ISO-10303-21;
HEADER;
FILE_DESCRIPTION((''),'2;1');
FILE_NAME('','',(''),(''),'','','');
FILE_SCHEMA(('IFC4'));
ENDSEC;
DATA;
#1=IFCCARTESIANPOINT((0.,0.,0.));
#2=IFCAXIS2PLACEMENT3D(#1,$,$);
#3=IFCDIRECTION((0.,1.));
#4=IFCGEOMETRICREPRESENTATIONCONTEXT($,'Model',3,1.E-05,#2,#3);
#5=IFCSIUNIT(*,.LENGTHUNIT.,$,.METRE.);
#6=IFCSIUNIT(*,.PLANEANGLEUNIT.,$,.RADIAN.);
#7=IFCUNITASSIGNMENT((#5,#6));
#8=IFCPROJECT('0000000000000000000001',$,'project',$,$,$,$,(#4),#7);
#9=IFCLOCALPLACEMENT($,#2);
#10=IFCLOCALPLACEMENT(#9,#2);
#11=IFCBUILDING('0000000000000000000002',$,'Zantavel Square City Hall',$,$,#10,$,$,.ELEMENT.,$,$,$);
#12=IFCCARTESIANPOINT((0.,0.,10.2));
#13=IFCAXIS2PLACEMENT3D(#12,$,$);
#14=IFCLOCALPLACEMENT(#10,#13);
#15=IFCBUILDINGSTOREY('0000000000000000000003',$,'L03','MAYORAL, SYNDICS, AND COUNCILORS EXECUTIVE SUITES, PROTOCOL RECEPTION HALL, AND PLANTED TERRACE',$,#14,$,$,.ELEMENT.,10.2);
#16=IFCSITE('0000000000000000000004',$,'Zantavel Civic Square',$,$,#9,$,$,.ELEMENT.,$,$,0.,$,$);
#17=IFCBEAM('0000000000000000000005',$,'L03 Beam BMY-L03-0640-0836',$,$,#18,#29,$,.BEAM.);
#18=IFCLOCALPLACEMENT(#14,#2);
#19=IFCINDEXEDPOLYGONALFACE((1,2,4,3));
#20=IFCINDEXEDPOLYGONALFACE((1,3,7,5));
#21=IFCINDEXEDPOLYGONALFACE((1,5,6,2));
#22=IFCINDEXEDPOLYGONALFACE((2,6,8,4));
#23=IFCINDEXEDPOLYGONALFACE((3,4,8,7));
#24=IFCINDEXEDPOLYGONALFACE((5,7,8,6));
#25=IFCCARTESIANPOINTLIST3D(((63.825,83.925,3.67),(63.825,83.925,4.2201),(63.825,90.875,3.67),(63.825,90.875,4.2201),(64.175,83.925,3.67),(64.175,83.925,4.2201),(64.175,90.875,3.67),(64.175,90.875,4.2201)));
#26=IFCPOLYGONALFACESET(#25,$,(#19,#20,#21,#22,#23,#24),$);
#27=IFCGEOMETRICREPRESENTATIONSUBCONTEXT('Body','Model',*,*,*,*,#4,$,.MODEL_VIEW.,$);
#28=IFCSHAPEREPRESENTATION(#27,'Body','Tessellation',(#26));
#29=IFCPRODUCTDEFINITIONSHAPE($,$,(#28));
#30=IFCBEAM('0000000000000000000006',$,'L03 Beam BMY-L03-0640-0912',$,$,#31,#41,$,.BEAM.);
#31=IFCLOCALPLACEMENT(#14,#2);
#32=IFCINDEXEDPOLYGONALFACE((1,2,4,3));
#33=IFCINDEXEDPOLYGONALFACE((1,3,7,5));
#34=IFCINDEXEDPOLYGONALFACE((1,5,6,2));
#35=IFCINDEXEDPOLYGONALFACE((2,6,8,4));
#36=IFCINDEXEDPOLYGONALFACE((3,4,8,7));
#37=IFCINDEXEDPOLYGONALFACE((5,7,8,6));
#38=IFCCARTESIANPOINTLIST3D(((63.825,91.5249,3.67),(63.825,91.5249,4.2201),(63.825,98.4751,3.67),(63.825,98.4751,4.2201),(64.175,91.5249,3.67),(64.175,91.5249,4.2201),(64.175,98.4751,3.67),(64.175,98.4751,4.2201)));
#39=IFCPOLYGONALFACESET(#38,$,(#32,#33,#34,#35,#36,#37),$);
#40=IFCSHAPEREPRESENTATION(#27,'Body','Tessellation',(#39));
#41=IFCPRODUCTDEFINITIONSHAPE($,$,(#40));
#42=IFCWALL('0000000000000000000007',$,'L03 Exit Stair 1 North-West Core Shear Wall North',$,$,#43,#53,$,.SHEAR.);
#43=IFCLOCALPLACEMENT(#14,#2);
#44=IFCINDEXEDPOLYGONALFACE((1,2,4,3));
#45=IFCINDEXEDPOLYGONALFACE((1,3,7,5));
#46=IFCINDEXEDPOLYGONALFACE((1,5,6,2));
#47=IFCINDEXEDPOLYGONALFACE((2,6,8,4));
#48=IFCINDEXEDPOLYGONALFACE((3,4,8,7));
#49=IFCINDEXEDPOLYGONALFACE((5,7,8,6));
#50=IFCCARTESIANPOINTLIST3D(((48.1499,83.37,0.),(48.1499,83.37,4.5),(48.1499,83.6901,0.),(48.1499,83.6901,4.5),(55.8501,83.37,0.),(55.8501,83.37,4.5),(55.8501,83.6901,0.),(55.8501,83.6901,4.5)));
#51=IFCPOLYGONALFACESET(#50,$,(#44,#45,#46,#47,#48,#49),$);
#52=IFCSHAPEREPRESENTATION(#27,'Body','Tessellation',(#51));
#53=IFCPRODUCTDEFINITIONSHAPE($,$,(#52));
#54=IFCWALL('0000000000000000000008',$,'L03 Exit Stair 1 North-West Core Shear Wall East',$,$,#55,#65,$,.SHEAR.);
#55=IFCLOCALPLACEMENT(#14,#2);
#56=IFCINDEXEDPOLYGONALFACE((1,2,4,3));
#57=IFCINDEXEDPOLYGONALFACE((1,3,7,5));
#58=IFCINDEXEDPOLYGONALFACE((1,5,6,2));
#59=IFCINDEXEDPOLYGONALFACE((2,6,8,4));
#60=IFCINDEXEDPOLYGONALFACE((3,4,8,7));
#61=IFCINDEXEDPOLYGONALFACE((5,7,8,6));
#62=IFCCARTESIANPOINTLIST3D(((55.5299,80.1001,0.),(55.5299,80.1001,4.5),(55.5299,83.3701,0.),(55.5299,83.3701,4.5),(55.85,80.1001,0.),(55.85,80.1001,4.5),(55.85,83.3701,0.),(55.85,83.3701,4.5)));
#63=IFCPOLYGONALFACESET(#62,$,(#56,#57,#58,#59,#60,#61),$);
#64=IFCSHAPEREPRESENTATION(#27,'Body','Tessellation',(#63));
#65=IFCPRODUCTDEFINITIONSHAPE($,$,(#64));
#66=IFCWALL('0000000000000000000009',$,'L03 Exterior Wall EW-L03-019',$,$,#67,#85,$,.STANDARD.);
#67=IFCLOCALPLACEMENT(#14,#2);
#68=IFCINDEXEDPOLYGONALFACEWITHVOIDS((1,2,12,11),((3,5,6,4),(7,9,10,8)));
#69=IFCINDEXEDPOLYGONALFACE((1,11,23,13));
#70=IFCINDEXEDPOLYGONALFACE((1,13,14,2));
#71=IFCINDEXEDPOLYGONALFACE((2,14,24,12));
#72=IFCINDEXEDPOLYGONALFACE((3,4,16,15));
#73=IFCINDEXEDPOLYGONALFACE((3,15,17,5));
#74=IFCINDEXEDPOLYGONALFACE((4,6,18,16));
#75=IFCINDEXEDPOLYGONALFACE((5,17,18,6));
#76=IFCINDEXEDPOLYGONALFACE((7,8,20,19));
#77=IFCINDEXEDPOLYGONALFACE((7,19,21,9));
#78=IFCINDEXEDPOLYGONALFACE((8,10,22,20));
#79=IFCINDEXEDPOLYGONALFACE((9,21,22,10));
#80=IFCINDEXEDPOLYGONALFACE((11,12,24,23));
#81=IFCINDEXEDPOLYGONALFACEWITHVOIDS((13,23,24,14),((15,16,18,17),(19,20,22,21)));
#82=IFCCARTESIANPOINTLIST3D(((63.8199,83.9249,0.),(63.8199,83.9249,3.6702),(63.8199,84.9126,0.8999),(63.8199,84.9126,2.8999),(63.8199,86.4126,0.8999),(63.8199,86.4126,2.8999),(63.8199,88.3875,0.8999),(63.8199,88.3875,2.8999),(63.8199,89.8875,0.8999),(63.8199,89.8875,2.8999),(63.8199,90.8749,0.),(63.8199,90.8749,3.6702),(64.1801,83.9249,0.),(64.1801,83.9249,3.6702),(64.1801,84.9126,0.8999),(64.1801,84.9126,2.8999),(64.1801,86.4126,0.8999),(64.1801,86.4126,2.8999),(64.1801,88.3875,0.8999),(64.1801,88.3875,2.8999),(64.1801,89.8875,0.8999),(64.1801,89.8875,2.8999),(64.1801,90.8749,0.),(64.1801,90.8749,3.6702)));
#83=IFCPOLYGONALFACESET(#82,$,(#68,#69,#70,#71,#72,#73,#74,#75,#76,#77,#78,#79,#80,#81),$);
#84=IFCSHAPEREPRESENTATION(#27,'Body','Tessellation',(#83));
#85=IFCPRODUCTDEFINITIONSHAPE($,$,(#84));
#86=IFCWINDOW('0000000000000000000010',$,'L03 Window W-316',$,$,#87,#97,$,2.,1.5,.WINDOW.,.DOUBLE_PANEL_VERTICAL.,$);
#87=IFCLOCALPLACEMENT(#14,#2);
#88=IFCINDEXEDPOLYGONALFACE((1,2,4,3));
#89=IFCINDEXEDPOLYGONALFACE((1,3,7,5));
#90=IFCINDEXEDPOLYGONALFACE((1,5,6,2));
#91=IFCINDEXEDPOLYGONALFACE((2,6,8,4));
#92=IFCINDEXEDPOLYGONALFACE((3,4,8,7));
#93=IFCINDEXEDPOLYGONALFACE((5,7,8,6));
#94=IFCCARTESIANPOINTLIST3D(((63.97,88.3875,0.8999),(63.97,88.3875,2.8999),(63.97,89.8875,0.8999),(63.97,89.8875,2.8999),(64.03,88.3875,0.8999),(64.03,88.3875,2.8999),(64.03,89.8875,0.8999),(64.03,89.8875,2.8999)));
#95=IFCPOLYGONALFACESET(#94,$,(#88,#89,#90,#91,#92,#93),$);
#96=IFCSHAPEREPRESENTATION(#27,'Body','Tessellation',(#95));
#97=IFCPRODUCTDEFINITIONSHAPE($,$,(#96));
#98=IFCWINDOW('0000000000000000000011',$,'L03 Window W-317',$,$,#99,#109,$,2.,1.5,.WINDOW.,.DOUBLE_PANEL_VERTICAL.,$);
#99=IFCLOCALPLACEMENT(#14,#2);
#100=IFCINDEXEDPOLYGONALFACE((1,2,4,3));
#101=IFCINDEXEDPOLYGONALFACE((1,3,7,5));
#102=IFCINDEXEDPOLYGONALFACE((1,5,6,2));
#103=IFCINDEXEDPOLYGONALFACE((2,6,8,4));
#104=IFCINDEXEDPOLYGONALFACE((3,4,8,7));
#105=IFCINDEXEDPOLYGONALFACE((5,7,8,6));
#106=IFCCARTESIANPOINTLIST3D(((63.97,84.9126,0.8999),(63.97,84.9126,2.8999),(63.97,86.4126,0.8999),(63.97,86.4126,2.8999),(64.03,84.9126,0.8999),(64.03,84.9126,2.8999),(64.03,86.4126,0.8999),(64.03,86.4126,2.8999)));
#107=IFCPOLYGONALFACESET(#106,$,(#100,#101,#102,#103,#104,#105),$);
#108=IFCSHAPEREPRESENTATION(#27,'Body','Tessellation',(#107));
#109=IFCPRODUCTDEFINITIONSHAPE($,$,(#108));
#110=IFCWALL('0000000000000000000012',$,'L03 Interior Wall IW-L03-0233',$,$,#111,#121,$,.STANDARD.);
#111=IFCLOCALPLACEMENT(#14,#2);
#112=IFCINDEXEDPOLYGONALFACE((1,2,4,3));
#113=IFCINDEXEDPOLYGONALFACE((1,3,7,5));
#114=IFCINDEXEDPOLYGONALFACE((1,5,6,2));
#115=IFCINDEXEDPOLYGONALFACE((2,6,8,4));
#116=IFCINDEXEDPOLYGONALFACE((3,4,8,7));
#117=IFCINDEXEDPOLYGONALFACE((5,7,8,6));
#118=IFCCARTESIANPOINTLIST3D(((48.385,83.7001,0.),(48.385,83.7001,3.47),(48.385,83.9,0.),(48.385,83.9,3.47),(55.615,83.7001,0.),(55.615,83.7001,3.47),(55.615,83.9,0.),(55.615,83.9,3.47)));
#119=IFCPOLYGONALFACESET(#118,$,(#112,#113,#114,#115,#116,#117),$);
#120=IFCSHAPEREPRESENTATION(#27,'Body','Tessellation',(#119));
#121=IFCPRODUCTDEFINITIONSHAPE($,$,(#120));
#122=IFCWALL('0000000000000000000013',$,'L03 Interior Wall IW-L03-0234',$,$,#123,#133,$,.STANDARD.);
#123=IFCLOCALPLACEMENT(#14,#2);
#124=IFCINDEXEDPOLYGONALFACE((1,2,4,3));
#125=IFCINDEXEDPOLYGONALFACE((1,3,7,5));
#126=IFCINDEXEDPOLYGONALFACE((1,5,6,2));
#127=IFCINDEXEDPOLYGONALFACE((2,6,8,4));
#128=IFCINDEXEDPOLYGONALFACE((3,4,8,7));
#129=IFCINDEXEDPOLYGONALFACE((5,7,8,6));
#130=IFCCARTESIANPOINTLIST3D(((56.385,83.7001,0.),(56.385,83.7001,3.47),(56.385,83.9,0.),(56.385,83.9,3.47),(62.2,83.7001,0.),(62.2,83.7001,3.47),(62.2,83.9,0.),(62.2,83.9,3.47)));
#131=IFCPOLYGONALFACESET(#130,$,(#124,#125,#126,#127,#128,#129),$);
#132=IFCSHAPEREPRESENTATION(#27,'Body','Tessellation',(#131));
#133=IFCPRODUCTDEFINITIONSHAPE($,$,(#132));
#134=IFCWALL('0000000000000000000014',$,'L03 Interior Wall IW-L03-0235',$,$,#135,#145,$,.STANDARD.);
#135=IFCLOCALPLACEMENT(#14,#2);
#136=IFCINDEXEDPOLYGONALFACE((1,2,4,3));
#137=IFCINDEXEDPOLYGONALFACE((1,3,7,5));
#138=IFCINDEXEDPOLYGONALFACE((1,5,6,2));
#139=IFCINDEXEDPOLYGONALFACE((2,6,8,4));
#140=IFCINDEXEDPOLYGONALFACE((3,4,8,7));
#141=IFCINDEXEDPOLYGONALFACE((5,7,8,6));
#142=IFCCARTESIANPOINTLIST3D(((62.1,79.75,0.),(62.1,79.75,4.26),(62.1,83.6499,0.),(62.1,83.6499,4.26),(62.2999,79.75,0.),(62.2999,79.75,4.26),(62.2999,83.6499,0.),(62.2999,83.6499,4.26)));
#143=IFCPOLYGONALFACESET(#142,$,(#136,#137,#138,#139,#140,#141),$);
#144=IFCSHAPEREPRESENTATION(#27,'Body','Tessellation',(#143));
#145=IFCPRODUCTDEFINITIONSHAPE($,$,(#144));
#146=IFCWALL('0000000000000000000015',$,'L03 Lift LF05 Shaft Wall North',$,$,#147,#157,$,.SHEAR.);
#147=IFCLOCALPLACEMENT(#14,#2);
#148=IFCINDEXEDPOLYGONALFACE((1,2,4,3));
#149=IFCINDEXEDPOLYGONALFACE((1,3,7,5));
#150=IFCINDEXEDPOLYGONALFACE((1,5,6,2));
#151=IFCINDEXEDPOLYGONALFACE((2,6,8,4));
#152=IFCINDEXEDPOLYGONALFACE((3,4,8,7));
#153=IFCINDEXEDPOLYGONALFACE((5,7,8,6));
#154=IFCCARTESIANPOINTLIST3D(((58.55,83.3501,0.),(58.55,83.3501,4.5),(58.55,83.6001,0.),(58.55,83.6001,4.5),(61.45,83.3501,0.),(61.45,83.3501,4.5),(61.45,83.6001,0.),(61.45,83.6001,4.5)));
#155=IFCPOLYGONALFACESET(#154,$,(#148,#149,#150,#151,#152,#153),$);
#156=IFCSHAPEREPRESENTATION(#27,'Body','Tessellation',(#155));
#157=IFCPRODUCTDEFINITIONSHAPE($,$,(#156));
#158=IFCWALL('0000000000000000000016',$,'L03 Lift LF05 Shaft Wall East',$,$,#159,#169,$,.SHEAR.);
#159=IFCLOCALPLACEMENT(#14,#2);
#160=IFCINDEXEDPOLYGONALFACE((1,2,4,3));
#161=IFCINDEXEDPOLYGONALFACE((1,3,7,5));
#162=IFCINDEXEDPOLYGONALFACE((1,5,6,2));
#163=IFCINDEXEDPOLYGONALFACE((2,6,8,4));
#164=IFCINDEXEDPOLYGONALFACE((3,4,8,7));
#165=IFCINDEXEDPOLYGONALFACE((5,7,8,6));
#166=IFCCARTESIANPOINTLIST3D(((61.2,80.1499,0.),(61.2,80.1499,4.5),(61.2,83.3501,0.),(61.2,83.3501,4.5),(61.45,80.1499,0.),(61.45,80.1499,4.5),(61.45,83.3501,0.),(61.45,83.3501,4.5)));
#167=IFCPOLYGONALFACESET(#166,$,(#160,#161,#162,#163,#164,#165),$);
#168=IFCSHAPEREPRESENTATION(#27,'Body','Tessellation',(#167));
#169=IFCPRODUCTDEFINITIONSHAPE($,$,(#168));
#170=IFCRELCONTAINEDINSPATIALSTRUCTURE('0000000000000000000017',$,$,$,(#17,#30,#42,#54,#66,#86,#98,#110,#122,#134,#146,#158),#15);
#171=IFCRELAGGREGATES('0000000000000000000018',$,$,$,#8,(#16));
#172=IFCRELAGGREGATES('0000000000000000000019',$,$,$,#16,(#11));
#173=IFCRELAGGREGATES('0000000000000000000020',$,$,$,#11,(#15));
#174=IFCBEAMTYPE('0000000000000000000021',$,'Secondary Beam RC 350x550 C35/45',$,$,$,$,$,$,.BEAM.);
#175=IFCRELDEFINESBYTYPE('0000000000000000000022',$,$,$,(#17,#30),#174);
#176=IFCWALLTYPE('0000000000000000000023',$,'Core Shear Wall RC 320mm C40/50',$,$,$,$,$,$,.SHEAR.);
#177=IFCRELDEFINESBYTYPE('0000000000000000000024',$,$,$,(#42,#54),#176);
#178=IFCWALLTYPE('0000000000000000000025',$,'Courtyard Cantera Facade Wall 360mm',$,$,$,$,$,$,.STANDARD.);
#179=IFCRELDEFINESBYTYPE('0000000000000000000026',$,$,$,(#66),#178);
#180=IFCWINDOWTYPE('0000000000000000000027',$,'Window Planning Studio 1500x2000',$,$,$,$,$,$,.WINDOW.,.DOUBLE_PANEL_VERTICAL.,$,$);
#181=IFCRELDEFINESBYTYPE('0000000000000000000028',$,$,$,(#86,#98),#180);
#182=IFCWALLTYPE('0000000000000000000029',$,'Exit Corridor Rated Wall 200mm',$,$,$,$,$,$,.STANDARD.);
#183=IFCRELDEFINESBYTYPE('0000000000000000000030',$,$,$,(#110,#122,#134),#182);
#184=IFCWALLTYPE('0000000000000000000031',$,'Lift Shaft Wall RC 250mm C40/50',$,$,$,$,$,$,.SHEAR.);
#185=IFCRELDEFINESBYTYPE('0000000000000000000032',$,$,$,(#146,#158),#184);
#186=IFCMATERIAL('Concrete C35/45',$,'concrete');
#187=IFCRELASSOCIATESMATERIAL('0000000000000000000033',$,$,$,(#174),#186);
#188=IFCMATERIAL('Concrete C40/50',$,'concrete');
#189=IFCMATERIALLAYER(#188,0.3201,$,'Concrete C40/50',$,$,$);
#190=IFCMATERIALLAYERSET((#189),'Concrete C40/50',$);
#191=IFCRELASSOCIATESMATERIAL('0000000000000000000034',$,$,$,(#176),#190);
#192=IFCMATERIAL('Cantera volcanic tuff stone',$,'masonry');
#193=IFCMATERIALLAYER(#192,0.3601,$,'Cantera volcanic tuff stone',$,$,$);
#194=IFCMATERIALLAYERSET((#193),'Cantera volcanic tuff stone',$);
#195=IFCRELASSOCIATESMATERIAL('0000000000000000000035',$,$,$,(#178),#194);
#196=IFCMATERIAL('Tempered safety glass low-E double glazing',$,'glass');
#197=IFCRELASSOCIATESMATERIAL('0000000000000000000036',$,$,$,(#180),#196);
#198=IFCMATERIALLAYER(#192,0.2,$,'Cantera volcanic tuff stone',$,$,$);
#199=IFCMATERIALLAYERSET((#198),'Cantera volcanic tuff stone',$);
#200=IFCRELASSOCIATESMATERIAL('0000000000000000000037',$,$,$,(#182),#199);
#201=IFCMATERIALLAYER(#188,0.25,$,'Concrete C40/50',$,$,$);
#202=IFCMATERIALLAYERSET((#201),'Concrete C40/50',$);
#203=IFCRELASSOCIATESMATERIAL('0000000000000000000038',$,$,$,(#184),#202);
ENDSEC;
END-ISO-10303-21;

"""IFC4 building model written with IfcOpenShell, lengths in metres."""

from ifc_helpers import new_model, si_unit, direction, frame, frame_2d, origin, origin_2d, place, context, subcontext, project, spatial, rectangle, extrude, material, layer, layer_set, material_profile, profile_set, type_object, element, fill, save


model = new_model("IFC4")

# Units and contexts
model_context = context("Model", 3, precision=1e-05, world=origin(), true_north=direction((0.0, 1.0)))
body_context = subcontext(model_context, "Body", "Model", "MODEL_VIEW")
ifc_project = project(units=[si_unit("LENGTHUNIT", "METRE"), si_unit("PLANEANGLEUNIT", "RADIAN")], contexts=[model_context])

# Site, building, storey
site_placement = place(None, origin())
site = spatial("IfcSite", under=ifc_project, at=site_placement, Name="Zantavel Civic Square", CompositionType="ELEMENT", RefElevation=0.0)
building_placement = place(site_placement, origin())
building = spatial("IfcBuilding", under=site, at=building_placement, Name="Zantavel Square City Hall", CompositionType="ELEMENT")
storey_placement = place(building_placement, frame((0.0, 0.0, 10.2)))
storey = spatial("IfcBuildingStorey", under=building, at=storey_placement, Name="L03", Description="MAYORAL, SYNDICS, AND COUNCILORS EXECUTIVE SUITES, PROTOCOL RECEPTION HALL, AND PLANTED TERRACE", CompositionType="ELEMENT", Elevation=10.2)

# Shared definitions
ifc_material_1 = material(Name="Concrete C40/50", Category="concrete")

# Beams
ifc_material_2 = material(Name="Concrete C35/45", Category="concrete")
ifc_material_profile_1 = material_profile(ifc_material_2, rectangle(XDim=0.3501, YDim=0.55, at=origin_2d()), Name="RC 350x550")
ifc_profile_set_1 = profile_set([ifc_material_profile_1], Name="Concrete C35/45")
beam_type_1 = type_object("IfcBeamType", Name="Secondary Beam RC 350x550 C35/45", PredefinedType="BEAM", material=ifc_profile_set_1)
beam_1_placement = place(storey_placement, frame((64.0, 83.925, 3.9451), z_axis=(0.0, 1.0, 0.0), x_axis=(-1.0, 0.0, 0.0)))
element("IfcBeam", 1, at=beam_1_placement, inside=storey, type_object=beam_type_1, Name="L03 Beam BMY-L03-0640-0836", PredefinedType="BEAM", context=body_context, shape_type="SweptSolid", body=[
    extrude(rectangle(XDim=0.3501, YDim=0.55, at=origin_2d()), origin(), (0.0, 0.0, 1.0), 6.95),
])
beam_2_placement = place(storey_placement, frame((64.0, 91.5249, 3.9451), z_axis=(0.0, 1.0, 0.0), x_axis=(-1.0, 0.0, 0.0)))
element("IfcBeam", 2, at=beam_2_placement, inside=storey, type_object=beam_type_1, Name="L03 Beam BMY-L03-0640-0912", PredefinedType="BEAM", context=body_context, shape_type="SweptSolid", body=[
    extrude(rectangle(XDim=0.3501, YDim=0.55, at=origin_2d()), origin(), (0.0, 0.0, 1.0), 6.9502),
])

# Walls
ifc_layer_1 = layer(ifc_material_1, 0.3201, Name="Concrete C40/50")
ifc_layer_set_1 = layer_set([ifc_layer_1], Name="Concrete C40/50")
wall_type_1 = type_object("IfcWallType", Name="Core Shear Wall RC 320mm C40/50", PredefinedType="SHEAR", material=ifc_layer_set_1)
wall_1_placement = place(storey_placement, frame((48.1499, 83.53, 0.0), z_axis=(0.0, 0.0, 1.0), x_axis=(1.0, 0.0, 0.0)))
element("IfcWall", 3, at=wall_1_placement, inside=storey, type_object=wall_type_1, Name="L03 Exit Stair 1 North-West Core Shear Wall North", PredefinedType="SHEAR", context=body_context, shape_type="SweptSolid", body=[
    extrude(rectangle(XDim=7.7002, YDim=0.3201, at=frame_2d((3.8501, 0.0))), origin(), (0.0, 0.0, 1.0), 4.5),
])
wall_2_placement = place(storey_placement, frame((55.6899, 83.3701, 0.0), z_axis=(0.0, 0.0, 1.0), x_axis=(0.0, -1.0, 0.0)))
element("IfcWall", 4, at=wall_2_placement, inside=storey, type_object=wall_type_1, Name="L03 Exit Stair 1 North-West Core Shear Wall East", PredefinedType="SHEAR", context=body_context, shape_type="SweptSolid", body=[
    extrude(rectangle(XDim=3.27, YDim=0.3201, at=frame_2d((1.635, 0.0))), origin(), (0.0, 0.0, 1.0), 4.5),
])

# Wall, openings, windows
ifc_material_3 = material(Name="Cantera volcanic tuff stone", Category="masonry")
ifc_layer_2 = layer(ifc_material_3, 0.3601, Name="Cantera volcanic tuff stone")
ifc_layer_set_2 = layer_set([ifc_layer_2], Name="Cantera volcanic tuff stone")
wall_type_2 = type_object("IfcWallType", Name="Courtyard Cantera Facade Wall 360mm", PredefinedType="STANDARD", material=ifc_layer_set_2)
wall_3_placement = place(storey_placement, frame((64.0, 90.875, 0.0), z_axis=(0.0, 0.0, 1.0), x_axis=(0.0, -1.0, 0.0)))
wall_3 = element("IfcWall", 5, at=wall_3_placement, inside=storey, type_object=wall_type_2, Name="L03 Exterior Wall EW-L03-019", PredefinedType="STANDARD", context=body_context, shape_type="SweptSolid", body=[
    extrude(rectangle(XDim=6.95, YDim=0.3601, at=frame_2d((3.4751, 0.0))), origin(), (0.0, 0.0, 1.0), 3.6702),
])
opening_1_placement = place(wall_3_placement, frame((0.9875, 0.0, 0.8999)))
opening_1 = element("IfcOpeningElement", 6, at=opening_1_placement, cuts=wall_3, PredefinedType="OPENING", context=body_context, shape_type="SweptSolid", body=[
    extrude(rectangle(XDim=1.5, YDim=2.0, at=frame_2d((0.75, 1.0))), frame((0.0, 0.1899, 0.0), z_axis=(0.0, -1.0, 0.0), x_axis=(1.0, 0.0, 0.0)), (0.0, 0.0, 1.0), 0.3801),
])
opening_2_placement = place(wall_3_placement, frame((4.4624, 0.0, 0.8999)))
opening_2 = element("IfcOpeningElement", 7, at=opening_2_placement, cuts=wall_3, PredefinedType="OPENING", context=body_context, shape_type="SweptSolid", body=[
    extrude(rectangle(XDim=1.5, YDim=2.0, at=frame_2d((0.75, 1.0))), frame((0.0, 0.1899, 0.0), z_axis=(0.0, -1.0, 0.0), x_axis=(1.0, 0.0, 0.0)), (0.0, 0.0, 1.0), 0.3801),
])
ifc_material_4 = material(Name="Tempered safety glass low-E double glazing", Category="glass")
window_type = type_object("IfcWindowType", Name="Window Planning Studio 1500x2000", PartitioningType="DOUBLE_PANEL_VERTICAL", PredefinedType="WINDOW", material=ifc_material_4)
window_1_placement = place(opening_1_placement, origin())
window_1 = element("IfcWindow", 8, at=window_1_placement, inside=storey, type_object=window_type, Name="L03 Window W-316", OverallHeight=2.0, OverallWidth=1.5, PartitioningType="DOUBLE_PANEL_VERTICAL", PredefinedType="WINDOW", context=body_context, shape_type="SweptSolid", body=[
    extrude(rectangle(XDim=1.5, YDim=2.0, at=frame_2d((0.75, 1.0))), frame((0.0, 0.03, 0.0), z_axis=(0.0, -1.0, 0.0), x_axis=(1.0, 0.0, 0.0)), (0.0, 0.0, 1.0), 0.0601),
])
fill(opening_1, window_1)
window_2_placement = place(opening_2_placement, origin())
window_2 = element("IfcWindow", 9, at=window_2_placement, inside=storey, type_object=window_type, Name="L03 Window W-317", OverallHeight=2.0, OverallWidth=1.5, PartitioningType="DOUBLE_PANEL_VERTICAL", PredefinedType="WINDOW", context=body_context, shape_type="SweptSolid", body=[
    extrude(rectangle(XDim=1.5, YDim=2.0, at=frame_2d((0.75, 1.0))), frame((0.0, 0.03, 0.0), z_axis=(0.0, -1.0, 0.0), x_axis=(1.0, 0.0, 0.0)), (0.0, 0.0, 1.0), 0.0601),
])
fill(opening_2, window_2)

# Walls
ifc_layer_3 = layer(ifc_material_3, 0.2, Name="Cantera volcanic tuff stone")
ifc_layer_set_3 = layer_set([ifc_layer_3], Name="Cantera volcanic tuff stone")
wall_type_3 = type_object("IfcWallType", Name="Exit Corridor Rated Wall 200mm", PredefinedType="STANDARD", material=ifc_layer_set_3)
wall_4_placement = place(storey_placement, frame((48.385, 83.8, 0.0), z_axis=(0.0, 0.0, 1.0), x_axis=(1.0, 0.0, 0.0)))
element("IfcWall", 10, at=wall_4_placement, inside=storey, type_object=wall_type_3, Name="L03 Interior Wall IW-L03-0233", PredefinedType="STANDARD", context=body_context, shape_type="SweptSolid", body=[
    extrude(rectangle(XDim=7.23, YDim=0.2, at=frame_2d((3.615, 0.0))), origin(), (0.0, 0.0, 1.0), 3.47),
])
wall_5_placement = place(storey_placement, frame((56.385, 83.8, 0.0), z_axis=(0.0, 0.0, 1.0), x_axis=(1.0, 0.0, 0.0)))
element("IfcWall", 11, at=wall_5_placement, inside=storey, type_object=wall_type_3, Name="L03 Interior Wall IW-L03-0234", PredefinedType="STANDARD", context=body_context, shape_type="SweptSolid", body=[
    extrude(rectangle(XDim=5.8149, YDim=0.2, at=frame_2d((2.9075, 0.0))), origin(), (0.0, 0.0, 1.0), 3.47),
])
wall_6_placement = place(storey_placement, frame((62.2, 83.6499, 0.0), z_axis=(0.0, 0.0, 1.0), x_axis=(0.0, -1.0, 0.0)))
element("IfcWall", 12, at=wall_6_placement, inside=storey, type_object=wall_type_3, Name="L03 Interior Wall IW-L03-0235", PredefinedType="STANDARD", context=body_context, shape_type="SweptSolid", body=[
    extrude(rectangle(XDim=3.8999, YDim=0.2, at=frame_2d((1.95, 0.0))), origin(), (0.0, 0.0, 1.0), 4.26),
])
ifc_layer_4 = layer(ifc_material_1, 0.25, Name="Concrete C40/50")
ifc_layer_set_4 = layer_set([ifc_layer_4], Name="Concrete C40/50")
wall_type_4 = type_object("IfcWallType", Name="Lift Shaft Wall RC 250mm C40/50", PredefinedType="SHEAR", material=ifc_layer_set_4)
wall_7_placement = place(storey_placement, frame((58.55, 83.4751, 0.0), z_axis=(0.0, 0.0, 1.0), x_axis=(1.0, 0.0, 0.0)))
element("IfcWall", 13, at=wall_7_placement, inside=storey, type_object=wall_type_4, Name="L03 Lift LF05 Shaft Wall North", PredefinedType="SHEAR", context=body_context, shape_type="SweptSolid", body=[
    extrude(rectangle(XDim=2.8999, YDim=0.25, at=frame_2d((1.45, 0.0))), origin(), (0.0, 0.0, 1.0), 4.5),
])
wall_8_placement = place(storey_placement, frame((61.325, 83.3501, 0.0), z_axis=(0.0, 0.0, 1.0), x_axis=(0.0, -1.0, 0.0)))
element("IfcWall", 14, at=wall_8_placement, inside=storey, type_object=wall_type_4, Name="L03 Lift LF05 Shaft Wall East", PredefinedType="SHEAR", context=body_context, shape_type="SweptSolid", body=[
    extrude(rectangle(XDim=3.2002, YDim=0.25, at=frame_2d((1.6001, 0.0))), origin(), (0.0, 0.0, 1.0), 4.5),
])

save(model, "model.ifc")
